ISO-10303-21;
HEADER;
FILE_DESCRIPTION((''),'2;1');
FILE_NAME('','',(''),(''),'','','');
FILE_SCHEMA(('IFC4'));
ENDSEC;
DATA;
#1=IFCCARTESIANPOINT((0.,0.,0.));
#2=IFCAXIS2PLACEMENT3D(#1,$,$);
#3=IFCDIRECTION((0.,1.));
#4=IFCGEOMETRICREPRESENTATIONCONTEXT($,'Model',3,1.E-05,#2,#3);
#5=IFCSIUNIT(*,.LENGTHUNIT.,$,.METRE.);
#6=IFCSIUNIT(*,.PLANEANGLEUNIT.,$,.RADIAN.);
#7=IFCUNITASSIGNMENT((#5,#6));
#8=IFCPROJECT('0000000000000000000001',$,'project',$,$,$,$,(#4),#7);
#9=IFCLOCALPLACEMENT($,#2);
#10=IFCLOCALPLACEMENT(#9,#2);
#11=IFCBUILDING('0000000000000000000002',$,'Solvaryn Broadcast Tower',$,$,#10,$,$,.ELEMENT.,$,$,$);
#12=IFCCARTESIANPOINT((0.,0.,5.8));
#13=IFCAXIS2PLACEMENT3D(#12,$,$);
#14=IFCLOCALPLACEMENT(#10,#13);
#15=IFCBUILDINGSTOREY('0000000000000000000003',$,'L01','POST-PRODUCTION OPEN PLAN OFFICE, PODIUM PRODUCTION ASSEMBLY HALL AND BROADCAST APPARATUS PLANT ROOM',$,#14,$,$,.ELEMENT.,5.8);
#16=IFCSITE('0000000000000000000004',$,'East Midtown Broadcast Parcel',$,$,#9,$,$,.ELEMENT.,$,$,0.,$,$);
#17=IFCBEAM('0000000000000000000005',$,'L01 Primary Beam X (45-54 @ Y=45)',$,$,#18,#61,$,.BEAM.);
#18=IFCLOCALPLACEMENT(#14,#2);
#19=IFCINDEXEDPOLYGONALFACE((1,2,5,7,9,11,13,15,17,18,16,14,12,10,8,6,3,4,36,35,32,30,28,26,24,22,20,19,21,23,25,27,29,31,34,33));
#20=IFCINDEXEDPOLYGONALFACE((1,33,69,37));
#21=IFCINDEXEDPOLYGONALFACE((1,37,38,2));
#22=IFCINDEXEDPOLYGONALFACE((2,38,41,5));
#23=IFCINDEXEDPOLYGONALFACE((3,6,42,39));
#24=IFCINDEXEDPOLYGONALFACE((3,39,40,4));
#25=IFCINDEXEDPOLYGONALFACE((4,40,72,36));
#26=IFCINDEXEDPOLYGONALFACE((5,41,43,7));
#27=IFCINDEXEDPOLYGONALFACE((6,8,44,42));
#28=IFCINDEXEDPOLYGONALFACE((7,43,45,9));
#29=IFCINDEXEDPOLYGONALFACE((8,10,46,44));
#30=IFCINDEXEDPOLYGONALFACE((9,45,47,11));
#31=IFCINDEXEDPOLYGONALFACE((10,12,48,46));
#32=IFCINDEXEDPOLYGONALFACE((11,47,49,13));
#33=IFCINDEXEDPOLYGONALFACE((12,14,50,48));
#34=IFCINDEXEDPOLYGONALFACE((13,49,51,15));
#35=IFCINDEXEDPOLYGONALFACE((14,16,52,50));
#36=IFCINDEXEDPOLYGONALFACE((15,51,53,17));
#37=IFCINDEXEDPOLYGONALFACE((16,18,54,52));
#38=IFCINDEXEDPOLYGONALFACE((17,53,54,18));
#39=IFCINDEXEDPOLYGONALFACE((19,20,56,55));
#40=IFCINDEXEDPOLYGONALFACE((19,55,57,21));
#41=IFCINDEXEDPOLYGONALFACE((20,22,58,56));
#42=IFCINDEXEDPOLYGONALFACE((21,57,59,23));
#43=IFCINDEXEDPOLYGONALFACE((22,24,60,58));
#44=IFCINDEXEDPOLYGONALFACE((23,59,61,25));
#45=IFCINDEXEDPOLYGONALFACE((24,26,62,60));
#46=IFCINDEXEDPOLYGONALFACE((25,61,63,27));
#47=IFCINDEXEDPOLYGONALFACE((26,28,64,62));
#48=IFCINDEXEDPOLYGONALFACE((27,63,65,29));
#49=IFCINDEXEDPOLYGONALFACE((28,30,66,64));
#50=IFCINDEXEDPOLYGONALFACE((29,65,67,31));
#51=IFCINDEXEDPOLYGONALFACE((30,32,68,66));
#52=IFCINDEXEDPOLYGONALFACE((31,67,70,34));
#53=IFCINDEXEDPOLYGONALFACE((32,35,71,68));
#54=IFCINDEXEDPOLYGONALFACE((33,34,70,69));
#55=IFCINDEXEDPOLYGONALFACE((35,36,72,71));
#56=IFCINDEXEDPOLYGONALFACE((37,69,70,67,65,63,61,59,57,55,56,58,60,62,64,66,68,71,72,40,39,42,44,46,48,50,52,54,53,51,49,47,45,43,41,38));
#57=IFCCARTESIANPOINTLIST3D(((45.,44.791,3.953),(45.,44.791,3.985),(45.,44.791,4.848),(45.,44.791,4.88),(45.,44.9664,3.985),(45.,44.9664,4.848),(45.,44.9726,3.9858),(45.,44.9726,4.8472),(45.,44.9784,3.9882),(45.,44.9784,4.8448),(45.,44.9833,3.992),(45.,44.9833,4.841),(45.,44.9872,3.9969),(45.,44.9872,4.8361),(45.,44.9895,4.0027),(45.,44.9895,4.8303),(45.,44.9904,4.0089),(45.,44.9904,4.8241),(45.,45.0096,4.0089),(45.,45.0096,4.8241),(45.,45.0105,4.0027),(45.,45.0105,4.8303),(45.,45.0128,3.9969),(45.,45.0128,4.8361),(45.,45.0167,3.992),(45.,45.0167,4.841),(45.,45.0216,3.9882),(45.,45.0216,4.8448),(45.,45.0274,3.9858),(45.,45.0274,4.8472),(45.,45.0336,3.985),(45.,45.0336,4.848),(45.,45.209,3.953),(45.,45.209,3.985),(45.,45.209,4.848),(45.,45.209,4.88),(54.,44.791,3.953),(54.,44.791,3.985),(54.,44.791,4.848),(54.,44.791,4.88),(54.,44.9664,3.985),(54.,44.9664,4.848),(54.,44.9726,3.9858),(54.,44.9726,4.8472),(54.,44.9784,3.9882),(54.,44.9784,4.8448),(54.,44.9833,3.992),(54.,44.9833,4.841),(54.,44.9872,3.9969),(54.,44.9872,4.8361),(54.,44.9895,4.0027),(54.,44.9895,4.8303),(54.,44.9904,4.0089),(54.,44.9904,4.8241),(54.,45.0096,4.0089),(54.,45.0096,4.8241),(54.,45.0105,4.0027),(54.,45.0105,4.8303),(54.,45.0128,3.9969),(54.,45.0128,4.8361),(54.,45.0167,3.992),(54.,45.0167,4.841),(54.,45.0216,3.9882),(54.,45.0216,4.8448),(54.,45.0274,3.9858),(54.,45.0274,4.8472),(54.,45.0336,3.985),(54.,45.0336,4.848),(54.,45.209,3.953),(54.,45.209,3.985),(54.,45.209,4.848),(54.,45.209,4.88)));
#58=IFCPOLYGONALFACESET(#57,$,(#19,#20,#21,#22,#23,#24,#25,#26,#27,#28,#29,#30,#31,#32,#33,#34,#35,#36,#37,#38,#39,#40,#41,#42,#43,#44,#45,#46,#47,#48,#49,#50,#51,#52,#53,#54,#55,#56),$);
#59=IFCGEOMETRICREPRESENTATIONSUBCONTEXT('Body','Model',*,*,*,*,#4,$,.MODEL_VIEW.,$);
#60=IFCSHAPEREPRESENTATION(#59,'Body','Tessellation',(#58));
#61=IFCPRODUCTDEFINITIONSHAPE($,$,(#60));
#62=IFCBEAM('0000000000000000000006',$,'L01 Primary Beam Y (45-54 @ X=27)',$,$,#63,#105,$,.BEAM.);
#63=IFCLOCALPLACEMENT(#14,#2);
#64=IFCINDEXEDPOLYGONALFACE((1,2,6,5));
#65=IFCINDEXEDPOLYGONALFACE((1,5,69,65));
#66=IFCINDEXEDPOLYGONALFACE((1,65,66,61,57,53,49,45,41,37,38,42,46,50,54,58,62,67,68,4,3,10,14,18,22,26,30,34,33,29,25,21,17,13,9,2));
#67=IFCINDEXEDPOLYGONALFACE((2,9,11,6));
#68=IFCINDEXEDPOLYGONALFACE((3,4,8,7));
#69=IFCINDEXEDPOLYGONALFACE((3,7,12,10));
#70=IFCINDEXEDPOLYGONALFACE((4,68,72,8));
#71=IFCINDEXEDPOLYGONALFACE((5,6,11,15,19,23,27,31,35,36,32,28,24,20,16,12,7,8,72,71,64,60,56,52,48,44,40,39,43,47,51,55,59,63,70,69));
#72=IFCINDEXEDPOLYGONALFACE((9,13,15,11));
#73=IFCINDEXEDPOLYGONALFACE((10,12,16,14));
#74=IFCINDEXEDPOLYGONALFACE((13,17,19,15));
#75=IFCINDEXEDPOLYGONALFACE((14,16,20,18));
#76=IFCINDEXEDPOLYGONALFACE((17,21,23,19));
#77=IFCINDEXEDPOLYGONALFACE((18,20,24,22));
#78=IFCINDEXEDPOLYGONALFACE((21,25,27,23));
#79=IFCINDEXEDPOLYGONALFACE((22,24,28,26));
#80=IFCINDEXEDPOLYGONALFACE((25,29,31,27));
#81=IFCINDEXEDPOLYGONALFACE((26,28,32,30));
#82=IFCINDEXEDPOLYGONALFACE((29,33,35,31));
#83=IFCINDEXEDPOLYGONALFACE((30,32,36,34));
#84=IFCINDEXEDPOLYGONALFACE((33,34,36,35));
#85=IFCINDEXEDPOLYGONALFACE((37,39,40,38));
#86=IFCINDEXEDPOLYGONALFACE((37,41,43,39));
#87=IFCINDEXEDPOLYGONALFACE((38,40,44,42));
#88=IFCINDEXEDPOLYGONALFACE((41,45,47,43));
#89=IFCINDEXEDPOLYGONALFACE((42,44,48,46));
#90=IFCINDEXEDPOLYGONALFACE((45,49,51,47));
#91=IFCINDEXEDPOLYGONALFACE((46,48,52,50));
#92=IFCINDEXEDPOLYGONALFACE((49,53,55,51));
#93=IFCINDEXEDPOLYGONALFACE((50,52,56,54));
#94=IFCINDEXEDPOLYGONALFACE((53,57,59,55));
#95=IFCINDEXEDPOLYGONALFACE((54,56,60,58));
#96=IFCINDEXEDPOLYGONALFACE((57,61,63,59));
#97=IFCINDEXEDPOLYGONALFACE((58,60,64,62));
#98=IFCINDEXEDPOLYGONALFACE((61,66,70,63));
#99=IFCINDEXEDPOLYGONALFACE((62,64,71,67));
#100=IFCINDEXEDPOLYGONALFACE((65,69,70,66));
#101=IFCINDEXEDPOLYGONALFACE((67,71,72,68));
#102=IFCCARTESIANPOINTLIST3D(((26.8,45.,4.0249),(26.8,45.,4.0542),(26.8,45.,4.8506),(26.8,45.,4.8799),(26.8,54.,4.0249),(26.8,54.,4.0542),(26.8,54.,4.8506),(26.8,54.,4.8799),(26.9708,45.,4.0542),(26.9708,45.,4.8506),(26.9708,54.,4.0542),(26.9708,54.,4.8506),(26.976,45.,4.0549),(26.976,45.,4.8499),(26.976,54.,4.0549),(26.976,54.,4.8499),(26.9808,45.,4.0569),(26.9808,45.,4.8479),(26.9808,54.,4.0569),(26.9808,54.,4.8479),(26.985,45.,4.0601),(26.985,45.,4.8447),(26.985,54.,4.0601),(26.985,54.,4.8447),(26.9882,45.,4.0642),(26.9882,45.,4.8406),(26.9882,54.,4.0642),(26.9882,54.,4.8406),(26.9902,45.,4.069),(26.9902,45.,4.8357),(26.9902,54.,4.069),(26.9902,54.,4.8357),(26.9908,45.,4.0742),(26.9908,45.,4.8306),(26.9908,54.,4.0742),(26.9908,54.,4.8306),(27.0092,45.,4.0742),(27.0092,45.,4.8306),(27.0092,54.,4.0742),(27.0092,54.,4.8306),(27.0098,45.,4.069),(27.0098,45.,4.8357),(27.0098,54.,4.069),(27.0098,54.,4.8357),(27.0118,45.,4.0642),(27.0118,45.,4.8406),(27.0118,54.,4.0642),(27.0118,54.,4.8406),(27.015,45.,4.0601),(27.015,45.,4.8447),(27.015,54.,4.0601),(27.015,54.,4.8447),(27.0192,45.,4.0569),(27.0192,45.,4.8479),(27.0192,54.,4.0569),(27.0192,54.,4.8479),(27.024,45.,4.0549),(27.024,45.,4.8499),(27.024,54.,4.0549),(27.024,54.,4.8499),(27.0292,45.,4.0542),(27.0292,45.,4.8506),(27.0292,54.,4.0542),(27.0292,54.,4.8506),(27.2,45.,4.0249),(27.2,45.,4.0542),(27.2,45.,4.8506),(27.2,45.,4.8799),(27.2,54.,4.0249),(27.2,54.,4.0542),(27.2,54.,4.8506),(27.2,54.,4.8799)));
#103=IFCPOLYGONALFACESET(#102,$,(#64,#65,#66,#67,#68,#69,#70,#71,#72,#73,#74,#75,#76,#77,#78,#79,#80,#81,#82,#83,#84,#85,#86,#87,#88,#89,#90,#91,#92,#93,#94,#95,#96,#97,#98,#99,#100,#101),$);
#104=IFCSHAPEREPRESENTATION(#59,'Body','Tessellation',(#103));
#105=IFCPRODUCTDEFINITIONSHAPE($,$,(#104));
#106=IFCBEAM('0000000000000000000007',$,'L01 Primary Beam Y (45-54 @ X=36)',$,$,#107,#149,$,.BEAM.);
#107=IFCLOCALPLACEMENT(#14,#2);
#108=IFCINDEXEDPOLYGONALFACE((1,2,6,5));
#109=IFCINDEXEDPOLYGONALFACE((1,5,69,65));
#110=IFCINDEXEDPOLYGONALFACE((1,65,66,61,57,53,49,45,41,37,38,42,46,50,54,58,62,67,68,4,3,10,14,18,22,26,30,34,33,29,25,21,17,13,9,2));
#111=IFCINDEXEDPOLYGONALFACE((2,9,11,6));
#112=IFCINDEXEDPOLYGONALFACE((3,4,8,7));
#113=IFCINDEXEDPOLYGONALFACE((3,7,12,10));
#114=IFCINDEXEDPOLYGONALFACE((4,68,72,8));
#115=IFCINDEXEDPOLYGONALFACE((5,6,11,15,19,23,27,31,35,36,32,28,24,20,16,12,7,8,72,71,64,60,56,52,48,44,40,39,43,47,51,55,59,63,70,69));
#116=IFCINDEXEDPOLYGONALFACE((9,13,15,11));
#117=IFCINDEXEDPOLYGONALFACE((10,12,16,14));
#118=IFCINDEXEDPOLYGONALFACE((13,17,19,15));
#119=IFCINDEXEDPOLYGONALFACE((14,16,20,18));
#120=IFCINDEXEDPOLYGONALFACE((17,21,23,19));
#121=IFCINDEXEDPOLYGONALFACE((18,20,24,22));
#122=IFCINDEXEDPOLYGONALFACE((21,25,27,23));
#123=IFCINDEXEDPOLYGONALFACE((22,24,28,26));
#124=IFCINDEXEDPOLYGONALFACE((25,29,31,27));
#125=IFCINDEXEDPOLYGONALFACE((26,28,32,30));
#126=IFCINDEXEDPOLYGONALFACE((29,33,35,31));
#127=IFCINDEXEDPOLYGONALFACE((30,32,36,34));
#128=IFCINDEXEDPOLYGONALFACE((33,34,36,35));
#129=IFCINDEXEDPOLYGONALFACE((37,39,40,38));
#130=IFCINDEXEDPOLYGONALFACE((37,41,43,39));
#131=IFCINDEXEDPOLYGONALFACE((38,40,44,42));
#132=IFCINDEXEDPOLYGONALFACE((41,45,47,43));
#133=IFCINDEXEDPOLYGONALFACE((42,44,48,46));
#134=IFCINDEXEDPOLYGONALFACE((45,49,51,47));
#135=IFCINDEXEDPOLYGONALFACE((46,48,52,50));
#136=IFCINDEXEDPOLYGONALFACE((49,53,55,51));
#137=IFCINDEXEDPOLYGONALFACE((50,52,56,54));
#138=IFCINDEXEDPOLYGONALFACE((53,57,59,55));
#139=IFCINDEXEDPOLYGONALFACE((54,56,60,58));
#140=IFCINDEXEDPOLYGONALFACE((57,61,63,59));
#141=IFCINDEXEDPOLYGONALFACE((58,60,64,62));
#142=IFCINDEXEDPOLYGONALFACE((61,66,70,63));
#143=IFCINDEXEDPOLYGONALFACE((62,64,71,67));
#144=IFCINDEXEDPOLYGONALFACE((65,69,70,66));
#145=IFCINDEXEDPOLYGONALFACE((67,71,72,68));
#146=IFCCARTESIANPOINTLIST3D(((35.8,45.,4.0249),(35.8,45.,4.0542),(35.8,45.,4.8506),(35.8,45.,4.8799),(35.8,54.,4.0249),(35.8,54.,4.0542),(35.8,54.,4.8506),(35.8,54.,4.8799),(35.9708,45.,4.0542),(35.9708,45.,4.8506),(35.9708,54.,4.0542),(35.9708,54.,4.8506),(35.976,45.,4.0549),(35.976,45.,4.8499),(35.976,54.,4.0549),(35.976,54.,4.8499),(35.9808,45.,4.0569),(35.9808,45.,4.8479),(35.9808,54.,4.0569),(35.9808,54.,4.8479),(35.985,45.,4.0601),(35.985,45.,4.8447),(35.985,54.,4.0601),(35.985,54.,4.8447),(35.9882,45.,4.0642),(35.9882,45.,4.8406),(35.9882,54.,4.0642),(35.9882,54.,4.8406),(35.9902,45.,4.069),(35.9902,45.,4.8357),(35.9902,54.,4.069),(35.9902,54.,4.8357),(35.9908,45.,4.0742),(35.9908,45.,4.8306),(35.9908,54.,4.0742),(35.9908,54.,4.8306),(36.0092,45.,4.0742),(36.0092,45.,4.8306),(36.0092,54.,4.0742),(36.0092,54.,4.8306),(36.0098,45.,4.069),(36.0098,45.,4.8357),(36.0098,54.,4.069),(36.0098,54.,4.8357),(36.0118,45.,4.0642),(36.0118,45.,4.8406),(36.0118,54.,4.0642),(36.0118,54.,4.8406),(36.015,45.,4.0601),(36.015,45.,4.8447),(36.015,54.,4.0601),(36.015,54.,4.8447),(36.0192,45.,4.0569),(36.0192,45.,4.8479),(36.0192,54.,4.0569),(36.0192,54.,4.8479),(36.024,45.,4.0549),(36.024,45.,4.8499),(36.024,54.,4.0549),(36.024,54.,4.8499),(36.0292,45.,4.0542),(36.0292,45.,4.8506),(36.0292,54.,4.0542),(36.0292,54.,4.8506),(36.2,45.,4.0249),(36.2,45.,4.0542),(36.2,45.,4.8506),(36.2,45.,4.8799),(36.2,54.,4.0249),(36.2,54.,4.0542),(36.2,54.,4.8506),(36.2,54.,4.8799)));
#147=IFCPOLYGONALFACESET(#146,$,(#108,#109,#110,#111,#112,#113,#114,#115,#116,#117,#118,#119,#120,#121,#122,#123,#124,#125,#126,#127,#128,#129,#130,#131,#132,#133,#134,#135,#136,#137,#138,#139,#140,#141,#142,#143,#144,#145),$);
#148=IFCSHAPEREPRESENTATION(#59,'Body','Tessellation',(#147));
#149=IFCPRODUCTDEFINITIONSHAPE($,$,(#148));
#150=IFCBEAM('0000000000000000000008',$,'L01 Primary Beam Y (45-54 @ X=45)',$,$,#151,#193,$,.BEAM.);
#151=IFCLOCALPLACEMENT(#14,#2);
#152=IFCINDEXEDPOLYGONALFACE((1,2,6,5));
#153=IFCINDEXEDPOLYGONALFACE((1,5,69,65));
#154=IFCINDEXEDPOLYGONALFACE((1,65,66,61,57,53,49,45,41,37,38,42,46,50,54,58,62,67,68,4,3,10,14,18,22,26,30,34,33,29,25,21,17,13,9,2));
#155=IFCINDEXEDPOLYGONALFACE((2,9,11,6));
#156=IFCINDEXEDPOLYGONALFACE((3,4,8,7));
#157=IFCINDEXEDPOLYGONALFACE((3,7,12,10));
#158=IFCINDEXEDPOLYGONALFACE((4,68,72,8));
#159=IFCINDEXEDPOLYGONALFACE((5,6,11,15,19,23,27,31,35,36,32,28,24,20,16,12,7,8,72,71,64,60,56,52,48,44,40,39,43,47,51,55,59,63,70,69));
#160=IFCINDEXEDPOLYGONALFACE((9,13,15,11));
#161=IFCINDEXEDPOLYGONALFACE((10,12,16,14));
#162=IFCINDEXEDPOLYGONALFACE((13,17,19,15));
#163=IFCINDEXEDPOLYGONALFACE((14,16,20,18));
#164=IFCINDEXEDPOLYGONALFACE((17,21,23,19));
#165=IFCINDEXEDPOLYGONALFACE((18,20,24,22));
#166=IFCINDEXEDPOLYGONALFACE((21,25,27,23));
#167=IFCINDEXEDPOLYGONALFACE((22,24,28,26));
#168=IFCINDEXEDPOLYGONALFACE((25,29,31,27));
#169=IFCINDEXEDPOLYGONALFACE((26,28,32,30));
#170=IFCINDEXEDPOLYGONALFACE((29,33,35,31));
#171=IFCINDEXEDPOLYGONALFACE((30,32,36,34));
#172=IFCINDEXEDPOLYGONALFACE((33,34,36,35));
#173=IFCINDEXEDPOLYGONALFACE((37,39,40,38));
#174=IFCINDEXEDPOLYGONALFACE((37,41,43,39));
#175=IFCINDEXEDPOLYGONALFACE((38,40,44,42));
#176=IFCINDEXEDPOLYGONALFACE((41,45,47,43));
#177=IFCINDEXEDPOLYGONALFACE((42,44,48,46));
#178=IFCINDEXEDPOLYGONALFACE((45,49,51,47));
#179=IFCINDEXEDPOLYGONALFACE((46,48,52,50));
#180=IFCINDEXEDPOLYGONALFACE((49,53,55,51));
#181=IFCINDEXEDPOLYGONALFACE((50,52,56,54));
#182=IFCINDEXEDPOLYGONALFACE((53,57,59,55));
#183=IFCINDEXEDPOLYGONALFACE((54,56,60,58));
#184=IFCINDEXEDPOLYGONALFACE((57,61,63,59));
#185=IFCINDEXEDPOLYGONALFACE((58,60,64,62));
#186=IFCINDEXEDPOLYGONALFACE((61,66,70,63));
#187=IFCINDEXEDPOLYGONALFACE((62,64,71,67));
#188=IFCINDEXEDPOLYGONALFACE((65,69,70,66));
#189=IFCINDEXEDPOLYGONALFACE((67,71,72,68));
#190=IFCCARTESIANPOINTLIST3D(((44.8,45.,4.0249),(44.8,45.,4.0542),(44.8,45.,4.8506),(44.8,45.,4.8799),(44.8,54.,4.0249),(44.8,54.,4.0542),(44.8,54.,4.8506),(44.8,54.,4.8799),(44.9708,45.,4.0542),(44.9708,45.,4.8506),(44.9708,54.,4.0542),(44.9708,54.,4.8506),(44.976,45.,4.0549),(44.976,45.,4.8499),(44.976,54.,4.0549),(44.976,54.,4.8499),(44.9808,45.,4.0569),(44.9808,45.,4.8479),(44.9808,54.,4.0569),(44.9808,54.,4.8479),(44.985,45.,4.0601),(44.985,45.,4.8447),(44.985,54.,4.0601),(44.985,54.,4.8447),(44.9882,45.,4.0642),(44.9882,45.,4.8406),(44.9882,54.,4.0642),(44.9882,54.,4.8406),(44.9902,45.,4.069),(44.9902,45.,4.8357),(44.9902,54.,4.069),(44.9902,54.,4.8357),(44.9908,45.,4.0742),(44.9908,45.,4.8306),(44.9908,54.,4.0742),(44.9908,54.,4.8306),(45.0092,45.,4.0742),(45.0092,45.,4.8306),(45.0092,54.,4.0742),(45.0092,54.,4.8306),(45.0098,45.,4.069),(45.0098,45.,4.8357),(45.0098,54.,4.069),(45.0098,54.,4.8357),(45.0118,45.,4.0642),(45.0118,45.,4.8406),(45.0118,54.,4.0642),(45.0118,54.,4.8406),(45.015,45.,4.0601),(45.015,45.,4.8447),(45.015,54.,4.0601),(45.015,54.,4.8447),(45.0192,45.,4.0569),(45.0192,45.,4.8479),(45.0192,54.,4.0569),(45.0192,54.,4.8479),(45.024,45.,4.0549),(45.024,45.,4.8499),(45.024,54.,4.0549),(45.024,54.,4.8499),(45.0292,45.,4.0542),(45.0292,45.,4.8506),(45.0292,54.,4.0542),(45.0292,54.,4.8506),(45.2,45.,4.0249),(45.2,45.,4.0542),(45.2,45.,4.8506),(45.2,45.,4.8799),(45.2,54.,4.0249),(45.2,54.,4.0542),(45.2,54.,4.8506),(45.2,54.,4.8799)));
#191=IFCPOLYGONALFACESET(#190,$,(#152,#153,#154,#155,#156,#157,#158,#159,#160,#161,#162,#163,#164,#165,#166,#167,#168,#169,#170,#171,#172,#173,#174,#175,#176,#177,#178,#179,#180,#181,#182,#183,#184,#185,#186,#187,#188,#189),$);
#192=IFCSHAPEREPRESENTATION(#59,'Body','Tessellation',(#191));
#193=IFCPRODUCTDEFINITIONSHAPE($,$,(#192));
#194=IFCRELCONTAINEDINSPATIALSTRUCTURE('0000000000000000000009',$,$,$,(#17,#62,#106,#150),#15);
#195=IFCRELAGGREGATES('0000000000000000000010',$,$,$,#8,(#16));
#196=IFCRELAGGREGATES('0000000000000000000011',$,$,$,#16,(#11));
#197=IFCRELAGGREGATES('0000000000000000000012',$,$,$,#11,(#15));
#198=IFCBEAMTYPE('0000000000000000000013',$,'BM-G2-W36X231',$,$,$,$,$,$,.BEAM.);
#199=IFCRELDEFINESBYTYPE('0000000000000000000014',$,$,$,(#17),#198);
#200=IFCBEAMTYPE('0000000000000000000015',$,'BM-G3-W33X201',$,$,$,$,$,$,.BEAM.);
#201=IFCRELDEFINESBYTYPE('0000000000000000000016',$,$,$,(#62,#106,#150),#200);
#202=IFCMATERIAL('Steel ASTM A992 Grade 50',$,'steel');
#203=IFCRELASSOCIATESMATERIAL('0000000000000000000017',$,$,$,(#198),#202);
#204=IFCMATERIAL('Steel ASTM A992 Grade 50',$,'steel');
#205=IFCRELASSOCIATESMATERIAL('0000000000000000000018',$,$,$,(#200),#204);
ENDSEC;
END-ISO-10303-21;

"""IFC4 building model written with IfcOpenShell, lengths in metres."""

from ifc_helpers import new_model, si_unit, direction, frame, origin, origin_2d, place, context, subcontext, project, spatial, i_section, extrude, material, material_profile, profile_set, type_object, element, save


model = new_model("IFC4")

# Units and contexts
model_context = context("Model", 3, precision=1e-05, world=origin(), true_north=direction((0.0, 1.0)))
body_context = subcontext(model_context, "Body", "Model", "MODEL_VIEW")
ifc_project = project(units=[si_unit("LENGTHUNIT", "METRE"), si_unit("PLANEANGLEUNIT", "RADIAN")], contexts=[model_context])

# Site, building, storey
site_placement = place(None, origin())
site = spatial("IfcSite", under=ifc_project, at=site_placement, Name="East Midtown Broadcast Parcel", CompositionType="ELEMENT", RefElevation=0.0)
building_placement = place(site_placement, origin())
building = spatial("IfcBuilding", under=site, at=building_placement, Name="Solvaryn Broadcast Tower", CompositionType="ELEMENT")
storey_placement = place(building_placement, frame((0.0, 0.0, 5.8)))
storey = spatial("IfcBuildingStorey", under=building, at=storey_placement, Name="L01", Description="POST-PRODUCTION OPEN PLAN OFFICE, PODIUM PRODUCTION ASSEMBLY HALL AND BROADCAST APPARATUS PLANT ROOM", CompositionType="ELEMENT", Elevation=5.8)

# Beams
ifc_material_1 = material(Name="Steel ASTM A992 Grade 50", Category="steel")
ifc_material_profile_1 = material_profile(ifc_material_1, i_section(OverallWidth=0.418, OverallDepth=0.927, WebThickness=0.0193, FlangeThickness=0.032, FilletRadius=0.0239, at=origin_2d()))
ifc_profile_set_1 = profile_set([ifc_material_profile_1], Name="Steel ASTM A992 Grade 50")
beam_type_1 = type_object("IfcBeamType", Name="BM-G2-W36X231", PredefinedType="BEAM", material=ifc_profile_set_1)
for number, where, z_axis, x_axis, name in (
    (1, (45.0, 45.0, 4.4165), (1.0, 0.0, 0.0), (0.0, 1.0, 0.0), "L01 Primary Beam X (45-54 @ Y=45)"),
):
    element("IfcBeam", number, at=place(storey_placement, frame(where, z_axis=z_axis, x_axis=x_axis)), inside=storey, type_object=beam_type_1, Name=name, PredefinedType="BEAM", context=body_context, shape_type="SweptSolid", body=[
        extrude(i_section(OverallWidth=0.418, OverallDepth=0.927, WebThickness=0.0193, FlangeThickness=0.032, FilletRadius=0.0239, at=origin_2d()), origin(), (0.0, 0.0, 1.0), 9.0),
    ])
ifc_material_2 = material(Name="Steel ASTM A992 Grade 50", Category="steel")
ifc_material_profile_2 = material_profile(ifc_material_2, i_section(OverallWidth=0.3999, OverallDepth=0.855, WebThickness=0.0183, FlangeThickness=0.0293, FilletRadius=0.02, at=origin_2d()))
ifc_profile_set_2 = profile_set([ifc_material_profile_2], Name="Steel ASTM A992 Grade 50")
beam_type_2 = type_object("IfcBeamType", Name="BM-G3-W33X201", PredefinedType="BEAM", material=ifc_profile_set_2)
for number, where, z_axis, x_axis, name in (
    (2, (27.0, 45.0, 4.4524), (0.0, 1.0, 0.0), (-1.0, 0.0, 0.0), "L01 Primary Beam Y (45-54 @ X=27)"),
    (3, (36.0, 45.0, 4.4524), (0.0, 1.0, 0.0), (-1.0, 0.0, 0.0), "L01 Primary Beam Y (45-54 @ X=36)"),
    (4, (45.0, 45.0, 4.4524), (0.0, 1.0, 0.0), (-1.0, 0.0, 0.0), "L01 Primary Beam Y (45-54 @ X=45)"),
):
    element("IfcBeam", number, at=place(storey_placement, frame(where, z_axis=z_axis, x_axis=x_axis)), inside=storey, type_object=beam_type_2, Name=name, PredefinedType="BEAM", context=body_context, shape_type="SweptSolid", body=[
        extrude(i_section(OverallWidth=0.3999, OverallDepth=0.855, WebThickness=0.0183, FlangeThickness=0.0293, FilletRadius=0.02, at=origin_2d()), origin(), (0.0, 0.0, 1.0), 9.0),
    ])

save(model, "model.ifc")
